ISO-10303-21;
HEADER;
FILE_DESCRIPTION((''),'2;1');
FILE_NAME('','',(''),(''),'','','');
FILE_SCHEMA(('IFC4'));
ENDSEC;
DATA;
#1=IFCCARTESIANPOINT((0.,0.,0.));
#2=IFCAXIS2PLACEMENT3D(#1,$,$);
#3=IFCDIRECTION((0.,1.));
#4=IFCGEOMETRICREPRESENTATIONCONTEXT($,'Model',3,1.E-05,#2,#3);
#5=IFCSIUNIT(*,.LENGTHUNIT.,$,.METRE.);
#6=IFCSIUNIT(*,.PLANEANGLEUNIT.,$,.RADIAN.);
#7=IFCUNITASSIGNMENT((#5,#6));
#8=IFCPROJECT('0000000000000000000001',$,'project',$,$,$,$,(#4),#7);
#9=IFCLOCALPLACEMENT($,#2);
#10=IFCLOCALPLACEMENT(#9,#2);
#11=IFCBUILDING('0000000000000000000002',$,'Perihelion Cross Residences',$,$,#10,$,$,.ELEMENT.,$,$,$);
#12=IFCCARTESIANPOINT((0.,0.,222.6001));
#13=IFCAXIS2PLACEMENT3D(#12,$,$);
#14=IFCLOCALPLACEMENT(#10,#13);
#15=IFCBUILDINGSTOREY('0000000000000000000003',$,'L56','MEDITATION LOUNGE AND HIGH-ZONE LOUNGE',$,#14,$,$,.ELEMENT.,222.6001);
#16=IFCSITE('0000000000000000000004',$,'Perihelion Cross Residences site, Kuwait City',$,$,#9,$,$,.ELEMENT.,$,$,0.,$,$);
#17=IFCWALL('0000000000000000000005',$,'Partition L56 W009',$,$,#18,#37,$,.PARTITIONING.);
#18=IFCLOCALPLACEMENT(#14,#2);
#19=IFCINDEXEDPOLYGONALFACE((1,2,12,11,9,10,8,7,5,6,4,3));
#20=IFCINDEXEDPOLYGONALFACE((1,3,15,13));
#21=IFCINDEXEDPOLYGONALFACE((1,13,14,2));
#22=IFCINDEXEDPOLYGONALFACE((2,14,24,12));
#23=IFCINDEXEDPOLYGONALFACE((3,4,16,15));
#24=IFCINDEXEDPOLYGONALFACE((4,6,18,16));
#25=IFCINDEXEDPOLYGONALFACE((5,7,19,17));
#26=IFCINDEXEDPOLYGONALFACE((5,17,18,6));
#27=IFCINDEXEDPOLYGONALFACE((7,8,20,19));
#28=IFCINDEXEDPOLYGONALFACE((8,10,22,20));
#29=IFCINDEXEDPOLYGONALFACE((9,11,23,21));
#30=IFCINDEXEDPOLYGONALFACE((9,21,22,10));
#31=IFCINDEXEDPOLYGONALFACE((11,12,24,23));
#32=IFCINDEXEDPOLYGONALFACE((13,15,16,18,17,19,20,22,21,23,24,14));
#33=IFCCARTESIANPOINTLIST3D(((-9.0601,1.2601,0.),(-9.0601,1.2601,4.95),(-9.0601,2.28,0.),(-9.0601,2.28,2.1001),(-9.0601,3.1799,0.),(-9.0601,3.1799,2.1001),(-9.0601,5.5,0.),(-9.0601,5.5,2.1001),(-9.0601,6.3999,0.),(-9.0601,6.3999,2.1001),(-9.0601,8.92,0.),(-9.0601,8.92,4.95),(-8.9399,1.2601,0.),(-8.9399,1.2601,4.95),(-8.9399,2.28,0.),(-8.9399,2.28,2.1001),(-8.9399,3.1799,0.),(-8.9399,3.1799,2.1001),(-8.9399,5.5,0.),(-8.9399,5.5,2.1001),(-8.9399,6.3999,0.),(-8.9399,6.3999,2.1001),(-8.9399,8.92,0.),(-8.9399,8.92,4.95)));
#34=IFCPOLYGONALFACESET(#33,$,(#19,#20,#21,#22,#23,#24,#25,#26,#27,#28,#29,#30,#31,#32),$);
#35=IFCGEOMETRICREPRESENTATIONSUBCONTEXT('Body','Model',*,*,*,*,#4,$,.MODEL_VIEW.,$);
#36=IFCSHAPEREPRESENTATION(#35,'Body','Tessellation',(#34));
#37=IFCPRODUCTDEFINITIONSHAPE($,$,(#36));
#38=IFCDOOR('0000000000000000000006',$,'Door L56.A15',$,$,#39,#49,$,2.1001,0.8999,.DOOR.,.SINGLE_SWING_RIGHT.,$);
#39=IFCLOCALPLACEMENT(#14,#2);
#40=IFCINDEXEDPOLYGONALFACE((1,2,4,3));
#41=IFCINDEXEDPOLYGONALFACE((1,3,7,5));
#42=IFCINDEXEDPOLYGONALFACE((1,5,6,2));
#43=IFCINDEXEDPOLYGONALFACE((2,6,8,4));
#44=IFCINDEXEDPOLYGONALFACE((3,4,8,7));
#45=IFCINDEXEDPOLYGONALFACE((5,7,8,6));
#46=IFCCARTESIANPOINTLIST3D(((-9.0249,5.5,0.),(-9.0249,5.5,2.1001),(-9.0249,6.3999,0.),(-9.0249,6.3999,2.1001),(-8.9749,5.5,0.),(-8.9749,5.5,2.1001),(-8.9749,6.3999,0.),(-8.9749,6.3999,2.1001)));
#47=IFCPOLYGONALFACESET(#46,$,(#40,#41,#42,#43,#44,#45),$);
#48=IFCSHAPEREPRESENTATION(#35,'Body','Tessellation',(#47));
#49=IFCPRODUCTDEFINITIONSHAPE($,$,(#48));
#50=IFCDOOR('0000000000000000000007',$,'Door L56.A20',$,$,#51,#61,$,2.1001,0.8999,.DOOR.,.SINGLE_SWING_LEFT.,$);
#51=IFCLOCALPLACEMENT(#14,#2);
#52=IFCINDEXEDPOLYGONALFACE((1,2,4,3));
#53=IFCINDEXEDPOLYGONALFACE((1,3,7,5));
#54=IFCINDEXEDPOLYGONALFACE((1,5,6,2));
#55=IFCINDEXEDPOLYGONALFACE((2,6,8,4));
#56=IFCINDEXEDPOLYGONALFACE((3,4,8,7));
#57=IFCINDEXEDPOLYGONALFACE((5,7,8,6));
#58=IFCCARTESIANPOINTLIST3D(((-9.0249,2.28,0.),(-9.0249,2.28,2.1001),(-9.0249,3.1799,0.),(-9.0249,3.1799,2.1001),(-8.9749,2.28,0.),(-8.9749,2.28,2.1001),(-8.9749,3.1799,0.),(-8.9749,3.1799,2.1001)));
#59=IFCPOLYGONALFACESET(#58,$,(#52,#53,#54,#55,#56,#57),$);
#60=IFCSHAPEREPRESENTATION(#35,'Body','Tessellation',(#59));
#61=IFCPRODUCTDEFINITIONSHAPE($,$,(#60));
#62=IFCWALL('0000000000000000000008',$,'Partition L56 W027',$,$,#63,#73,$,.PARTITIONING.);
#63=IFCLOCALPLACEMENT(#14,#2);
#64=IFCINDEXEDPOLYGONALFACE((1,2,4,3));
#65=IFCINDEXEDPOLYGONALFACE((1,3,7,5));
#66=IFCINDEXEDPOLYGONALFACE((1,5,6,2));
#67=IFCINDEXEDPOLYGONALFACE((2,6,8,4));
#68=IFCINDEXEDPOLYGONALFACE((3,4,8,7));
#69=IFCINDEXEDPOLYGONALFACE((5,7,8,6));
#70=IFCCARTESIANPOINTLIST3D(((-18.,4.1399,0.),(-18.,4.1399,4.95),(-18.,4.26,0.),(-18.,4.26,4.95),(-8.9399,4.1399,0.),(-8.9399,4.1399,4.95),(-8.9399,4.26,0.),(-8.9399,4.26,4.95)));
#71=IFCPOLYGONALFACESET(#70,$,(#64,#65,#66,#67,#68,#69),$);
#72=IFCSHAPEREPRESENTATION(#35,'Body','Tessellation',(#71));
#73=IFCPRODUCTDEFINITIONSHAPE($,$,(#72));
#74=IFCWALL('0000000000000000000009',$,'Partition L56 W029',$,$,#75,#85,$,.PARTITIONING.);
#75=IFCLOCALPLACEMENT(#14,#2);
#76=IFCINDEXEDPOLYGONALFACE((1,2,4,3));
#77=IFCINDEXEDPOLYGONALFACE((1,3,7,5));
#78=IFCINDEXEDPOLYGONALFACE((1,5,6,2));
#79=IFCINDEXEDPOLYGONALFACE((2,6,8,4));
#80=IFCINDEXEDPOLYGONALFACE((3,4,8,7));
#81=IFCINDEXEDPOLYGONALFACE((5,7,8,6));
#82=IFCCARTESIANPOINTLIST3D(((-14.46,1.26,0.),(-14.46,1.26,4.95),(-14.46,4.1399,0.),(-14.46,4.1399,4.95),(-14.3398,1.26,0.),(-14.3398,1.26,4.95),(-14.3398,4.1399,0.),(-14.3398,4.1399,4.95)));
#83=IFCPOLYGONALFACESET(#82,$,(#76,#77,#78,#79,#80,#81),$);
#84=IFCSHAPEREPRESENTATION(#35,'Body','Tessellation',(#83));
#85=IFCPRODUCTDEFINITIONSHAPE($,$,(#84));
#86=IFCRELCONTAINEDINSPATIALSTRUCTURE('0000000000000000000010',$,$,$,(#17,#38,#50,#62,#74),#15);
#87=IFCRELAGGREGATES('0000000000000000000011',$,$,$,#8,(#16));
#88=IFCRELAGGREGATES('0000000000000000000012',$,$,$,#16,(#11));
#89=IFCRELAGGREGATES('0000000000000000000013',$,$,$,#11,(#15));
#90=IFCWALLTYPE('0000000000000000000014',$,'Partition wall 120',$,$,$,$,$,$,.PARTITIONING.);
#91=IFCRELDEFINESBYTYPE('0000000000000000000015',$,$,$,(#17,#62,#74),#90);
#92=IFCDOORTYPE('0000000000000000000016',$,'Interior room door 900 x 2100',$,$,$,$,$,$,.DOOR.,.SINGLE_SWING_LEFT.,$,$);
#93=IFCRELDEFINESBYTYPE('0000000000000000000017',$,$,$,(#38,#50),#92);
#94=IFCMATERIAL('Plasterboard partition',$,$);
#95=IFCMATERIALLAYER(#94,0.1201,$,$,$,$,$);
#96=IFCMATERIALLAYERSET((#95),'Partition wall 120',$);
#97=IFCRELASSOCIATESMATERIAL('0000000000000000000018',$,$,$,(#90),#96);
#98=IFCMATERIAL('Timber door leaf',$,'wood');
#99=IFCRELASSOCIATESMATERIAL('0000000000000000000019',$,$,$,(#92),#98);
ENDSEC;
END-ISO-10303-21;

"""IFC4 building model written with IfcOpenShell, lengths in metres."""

from ifc_helpers import new_model, si_unit, direction, frame, frame_2d, origin, place, context, subcontext, project, spatial, rectangle, extrude, material, layer, layer_set, type_object, element, fill, save


model = new_model("IFC4")

# Units and contexts
model_context = context("Model", 3, precision=1e-05, world=origin(), true_north=direction((0.0, 1.0)))
body_context = subcontext(model_context, "Body", "Model", "MODEL_VIEW")
ifc_project = project(units=[si_unit("LENGTHUNIT", "METRE"), si_unit("PLANEANGLEUNIT", "RADIAN")], contexts=[model_context])

# Site, building, storey
site_placement = place(None, origin())
site = spatial("IfcSite", under=ifc_project, at=site_placement, Name="Perihelion Cross Residences site, Kuwait City", CompositionType="ELEMENT", RefElevation=0.0)
building_placement = place(site_placement, origin())
building = spatial("IfcBuilding", under=site, at=building_placement, Name="Perihelion Cross Residences", CompositionType="ELEMENT")
storey_placement = place(building_placement, frame((0.0, 0.0, 222.6001)))
storey = spatial("IfcBuildingStorey", under=building, at=storey_placement, Name="L56", Description="MEDITATION LOUNGE AND HIGH-ZONE LOUNGE", CompositionType="ELEMENT", Elevation=222.6001)

# Wall, openings, doors
ifc_material_1 = material(Name="Plasterboard partition")
ifc_layer_1 = layer(ifc_material_1, 0.1201)
ifc_layer_set_1 = layer_set([ifc_layer_1], Name="Partition wall 120")
wall_type = type_object("IfcWallType", Name="Partition wall 120", PredefinedType="PARTITIONING", material=ifc_layer_set_1)
wall_1_placement = place(storey_placement, frame((-9.0, 1.26, 0.0), z_axis=(0.0, 0.0, 1.0), x_axis=(0.0, 1.0, 0.0)))
wall_1 = element("IfcWall", 1, at=wall_1_placement, inside=storey, type_object=wall_type, Name="Partition L56 W009", PredefinedType="PARTITIONING", context=body_context, shape_type="SweptSolid", body=[
    extrude(rectangle(XDim=7.6599, YDim=0.1201, at=frame_2d((3.8301, 0.0))), origin(), (0.0, 0.0, 1.0), 4.95),
])
opening_1_placement = place(wall_1_placement, frame((4.24, 0.0, 0.0)))
opening_1 = element("IfcOpeningElement", 2, at=opening_1_placement, cuts=wall_1, PredefinedType="OPENING", context=body_context, shape_type="SweptSolid", body=[
    extrude(rectangle(XDim=0.8999, YDim=2.1001, at=frame_2d((0.45, 1.05))), frame((0.0, 0.0701, 0.0), z_axis=(0.0, -1.0, 0.0), x_axis=(1.0, 0.0, 0.0)), (0.0, 0.0, 1.0), 0.1401),
])
opening_2_placement = place(wall_1_placement, frame((1.02, 0.0, 0.0)))
opening_2 = element("IfcOpeningElement", 3, at=opening_2_placement, cuts=wall_1, PredefinedType="OPENING", context=body_context, shape_type="SweptSolid", body=[
    extrude(rectangle(XDim=0.8999, YDim=2.1001, at=frame_2d((0.45, 1.05))), frame((0.0, 0.0701, 0.0), z_axis=(0.0, -1.0, 0.0), x_axis=(1.0, 0.0, 0.0)), (0.0, 0.0, 1.0), 0.1401),
])
ifc_material_2 = material(Name="Timber door leaf", Category="wood")
door_type = type_object("IfcDoorType", Name="Interior room door 900 x 2100", OperationType="SINGLE_SWING_LEFT", PredefinedType="DOOR", material=ifc_material_2)
door_1_placement = place(opening_1_placement, origin())
door_1 = element("IfcDoor", 4, at=door_1_placement, inside=storey, type_object=door_type, Name="Door L56.A15", OperationType="SINGLE_SWING_RIGHT", OverallHeight=2.1001, OverallWidth=0.8999, PredefinedType="DOOR", context=body_context, shape_type="SweptSolid", body=[
    extrude(rectangle(XDim=0.8999, YDim=2.1001, at=frame_2d((0.45, 1.05))), frame((0.0, 0.0249, 0.0), z_axis=(0.0, -1.0, 0.0), x_axis=(1.0, 0.0, 0.0)), (0.0, 0.0, 1.0), 0.05),
])
fill(opening_1, door_1)
door_2_placement = place(opening_2_placement, origin())
door_2 = element("IfcDoor", 5, at=door_2_placement, inside=storey, type_object=door_type, Name="Door L56.A20", OperationType="SINGLE_SWING_LEFT", OverallHeight=2.1001, OverallWidth=0.8999, PredefinedType="DOOR", context=body_context, shape_type="SweptSolid", body=[
    extrude(rectangle(XDim=0.8999, YDim=2.1001, at=frame_2d((0.45, 1.05))), frame((0.0, 0.0249, 0.0), z_axis=(0.0, -1.0, 0.0), x_axis=(1.0, 0.0, 0.0)), (0.0, 0.0, 1.0), 0.05),
])
fill(opening_2, door_2)

# Walls
wall_2_placement = place(storey_placement, frame((-8.9399, 4.2, 0.0), z_axis=(0.0, 0.0, 1.0), x_axis=(-1.0, 0.0, 0.0)))
element("IfcWall", 6, at=wall_2_placement, inside=storey, type_object=wall_type, Name="Partition L56 W027", PredefinedType="PARTITIONING", context=body_context, shape_type="SweptSolid", body=[
    extrude(rectangle(XDim=9.0601, YDim=0.1201, at=frame_2d((4.53, 0.0))), origin(), (0.0, 0.0, 1.0), 4.95),
])
wall_3_placement = place(storey_placement, frame((-14.3999, 1.26, 0.0), z_axis=(0.0, 0.0, 1.0), x_axis=(0.0, 1.0, 0.0)))
element("IfcWall", 7, at=wall_3_placement, inside=storey, type_object=wall_type, Name="Partition L56 W029", PredefinedType="PARTITIONING", context=body_context, shape_type="SweptSolid", body=[
    extrude(rectangle(XDim=2.8799, YDim=0.1201, at=frame_2d((1.4399, 0.0))), origin(), (0.0, 0.0, 1.0), 4.95),
])

save(model, "model.ifc")
